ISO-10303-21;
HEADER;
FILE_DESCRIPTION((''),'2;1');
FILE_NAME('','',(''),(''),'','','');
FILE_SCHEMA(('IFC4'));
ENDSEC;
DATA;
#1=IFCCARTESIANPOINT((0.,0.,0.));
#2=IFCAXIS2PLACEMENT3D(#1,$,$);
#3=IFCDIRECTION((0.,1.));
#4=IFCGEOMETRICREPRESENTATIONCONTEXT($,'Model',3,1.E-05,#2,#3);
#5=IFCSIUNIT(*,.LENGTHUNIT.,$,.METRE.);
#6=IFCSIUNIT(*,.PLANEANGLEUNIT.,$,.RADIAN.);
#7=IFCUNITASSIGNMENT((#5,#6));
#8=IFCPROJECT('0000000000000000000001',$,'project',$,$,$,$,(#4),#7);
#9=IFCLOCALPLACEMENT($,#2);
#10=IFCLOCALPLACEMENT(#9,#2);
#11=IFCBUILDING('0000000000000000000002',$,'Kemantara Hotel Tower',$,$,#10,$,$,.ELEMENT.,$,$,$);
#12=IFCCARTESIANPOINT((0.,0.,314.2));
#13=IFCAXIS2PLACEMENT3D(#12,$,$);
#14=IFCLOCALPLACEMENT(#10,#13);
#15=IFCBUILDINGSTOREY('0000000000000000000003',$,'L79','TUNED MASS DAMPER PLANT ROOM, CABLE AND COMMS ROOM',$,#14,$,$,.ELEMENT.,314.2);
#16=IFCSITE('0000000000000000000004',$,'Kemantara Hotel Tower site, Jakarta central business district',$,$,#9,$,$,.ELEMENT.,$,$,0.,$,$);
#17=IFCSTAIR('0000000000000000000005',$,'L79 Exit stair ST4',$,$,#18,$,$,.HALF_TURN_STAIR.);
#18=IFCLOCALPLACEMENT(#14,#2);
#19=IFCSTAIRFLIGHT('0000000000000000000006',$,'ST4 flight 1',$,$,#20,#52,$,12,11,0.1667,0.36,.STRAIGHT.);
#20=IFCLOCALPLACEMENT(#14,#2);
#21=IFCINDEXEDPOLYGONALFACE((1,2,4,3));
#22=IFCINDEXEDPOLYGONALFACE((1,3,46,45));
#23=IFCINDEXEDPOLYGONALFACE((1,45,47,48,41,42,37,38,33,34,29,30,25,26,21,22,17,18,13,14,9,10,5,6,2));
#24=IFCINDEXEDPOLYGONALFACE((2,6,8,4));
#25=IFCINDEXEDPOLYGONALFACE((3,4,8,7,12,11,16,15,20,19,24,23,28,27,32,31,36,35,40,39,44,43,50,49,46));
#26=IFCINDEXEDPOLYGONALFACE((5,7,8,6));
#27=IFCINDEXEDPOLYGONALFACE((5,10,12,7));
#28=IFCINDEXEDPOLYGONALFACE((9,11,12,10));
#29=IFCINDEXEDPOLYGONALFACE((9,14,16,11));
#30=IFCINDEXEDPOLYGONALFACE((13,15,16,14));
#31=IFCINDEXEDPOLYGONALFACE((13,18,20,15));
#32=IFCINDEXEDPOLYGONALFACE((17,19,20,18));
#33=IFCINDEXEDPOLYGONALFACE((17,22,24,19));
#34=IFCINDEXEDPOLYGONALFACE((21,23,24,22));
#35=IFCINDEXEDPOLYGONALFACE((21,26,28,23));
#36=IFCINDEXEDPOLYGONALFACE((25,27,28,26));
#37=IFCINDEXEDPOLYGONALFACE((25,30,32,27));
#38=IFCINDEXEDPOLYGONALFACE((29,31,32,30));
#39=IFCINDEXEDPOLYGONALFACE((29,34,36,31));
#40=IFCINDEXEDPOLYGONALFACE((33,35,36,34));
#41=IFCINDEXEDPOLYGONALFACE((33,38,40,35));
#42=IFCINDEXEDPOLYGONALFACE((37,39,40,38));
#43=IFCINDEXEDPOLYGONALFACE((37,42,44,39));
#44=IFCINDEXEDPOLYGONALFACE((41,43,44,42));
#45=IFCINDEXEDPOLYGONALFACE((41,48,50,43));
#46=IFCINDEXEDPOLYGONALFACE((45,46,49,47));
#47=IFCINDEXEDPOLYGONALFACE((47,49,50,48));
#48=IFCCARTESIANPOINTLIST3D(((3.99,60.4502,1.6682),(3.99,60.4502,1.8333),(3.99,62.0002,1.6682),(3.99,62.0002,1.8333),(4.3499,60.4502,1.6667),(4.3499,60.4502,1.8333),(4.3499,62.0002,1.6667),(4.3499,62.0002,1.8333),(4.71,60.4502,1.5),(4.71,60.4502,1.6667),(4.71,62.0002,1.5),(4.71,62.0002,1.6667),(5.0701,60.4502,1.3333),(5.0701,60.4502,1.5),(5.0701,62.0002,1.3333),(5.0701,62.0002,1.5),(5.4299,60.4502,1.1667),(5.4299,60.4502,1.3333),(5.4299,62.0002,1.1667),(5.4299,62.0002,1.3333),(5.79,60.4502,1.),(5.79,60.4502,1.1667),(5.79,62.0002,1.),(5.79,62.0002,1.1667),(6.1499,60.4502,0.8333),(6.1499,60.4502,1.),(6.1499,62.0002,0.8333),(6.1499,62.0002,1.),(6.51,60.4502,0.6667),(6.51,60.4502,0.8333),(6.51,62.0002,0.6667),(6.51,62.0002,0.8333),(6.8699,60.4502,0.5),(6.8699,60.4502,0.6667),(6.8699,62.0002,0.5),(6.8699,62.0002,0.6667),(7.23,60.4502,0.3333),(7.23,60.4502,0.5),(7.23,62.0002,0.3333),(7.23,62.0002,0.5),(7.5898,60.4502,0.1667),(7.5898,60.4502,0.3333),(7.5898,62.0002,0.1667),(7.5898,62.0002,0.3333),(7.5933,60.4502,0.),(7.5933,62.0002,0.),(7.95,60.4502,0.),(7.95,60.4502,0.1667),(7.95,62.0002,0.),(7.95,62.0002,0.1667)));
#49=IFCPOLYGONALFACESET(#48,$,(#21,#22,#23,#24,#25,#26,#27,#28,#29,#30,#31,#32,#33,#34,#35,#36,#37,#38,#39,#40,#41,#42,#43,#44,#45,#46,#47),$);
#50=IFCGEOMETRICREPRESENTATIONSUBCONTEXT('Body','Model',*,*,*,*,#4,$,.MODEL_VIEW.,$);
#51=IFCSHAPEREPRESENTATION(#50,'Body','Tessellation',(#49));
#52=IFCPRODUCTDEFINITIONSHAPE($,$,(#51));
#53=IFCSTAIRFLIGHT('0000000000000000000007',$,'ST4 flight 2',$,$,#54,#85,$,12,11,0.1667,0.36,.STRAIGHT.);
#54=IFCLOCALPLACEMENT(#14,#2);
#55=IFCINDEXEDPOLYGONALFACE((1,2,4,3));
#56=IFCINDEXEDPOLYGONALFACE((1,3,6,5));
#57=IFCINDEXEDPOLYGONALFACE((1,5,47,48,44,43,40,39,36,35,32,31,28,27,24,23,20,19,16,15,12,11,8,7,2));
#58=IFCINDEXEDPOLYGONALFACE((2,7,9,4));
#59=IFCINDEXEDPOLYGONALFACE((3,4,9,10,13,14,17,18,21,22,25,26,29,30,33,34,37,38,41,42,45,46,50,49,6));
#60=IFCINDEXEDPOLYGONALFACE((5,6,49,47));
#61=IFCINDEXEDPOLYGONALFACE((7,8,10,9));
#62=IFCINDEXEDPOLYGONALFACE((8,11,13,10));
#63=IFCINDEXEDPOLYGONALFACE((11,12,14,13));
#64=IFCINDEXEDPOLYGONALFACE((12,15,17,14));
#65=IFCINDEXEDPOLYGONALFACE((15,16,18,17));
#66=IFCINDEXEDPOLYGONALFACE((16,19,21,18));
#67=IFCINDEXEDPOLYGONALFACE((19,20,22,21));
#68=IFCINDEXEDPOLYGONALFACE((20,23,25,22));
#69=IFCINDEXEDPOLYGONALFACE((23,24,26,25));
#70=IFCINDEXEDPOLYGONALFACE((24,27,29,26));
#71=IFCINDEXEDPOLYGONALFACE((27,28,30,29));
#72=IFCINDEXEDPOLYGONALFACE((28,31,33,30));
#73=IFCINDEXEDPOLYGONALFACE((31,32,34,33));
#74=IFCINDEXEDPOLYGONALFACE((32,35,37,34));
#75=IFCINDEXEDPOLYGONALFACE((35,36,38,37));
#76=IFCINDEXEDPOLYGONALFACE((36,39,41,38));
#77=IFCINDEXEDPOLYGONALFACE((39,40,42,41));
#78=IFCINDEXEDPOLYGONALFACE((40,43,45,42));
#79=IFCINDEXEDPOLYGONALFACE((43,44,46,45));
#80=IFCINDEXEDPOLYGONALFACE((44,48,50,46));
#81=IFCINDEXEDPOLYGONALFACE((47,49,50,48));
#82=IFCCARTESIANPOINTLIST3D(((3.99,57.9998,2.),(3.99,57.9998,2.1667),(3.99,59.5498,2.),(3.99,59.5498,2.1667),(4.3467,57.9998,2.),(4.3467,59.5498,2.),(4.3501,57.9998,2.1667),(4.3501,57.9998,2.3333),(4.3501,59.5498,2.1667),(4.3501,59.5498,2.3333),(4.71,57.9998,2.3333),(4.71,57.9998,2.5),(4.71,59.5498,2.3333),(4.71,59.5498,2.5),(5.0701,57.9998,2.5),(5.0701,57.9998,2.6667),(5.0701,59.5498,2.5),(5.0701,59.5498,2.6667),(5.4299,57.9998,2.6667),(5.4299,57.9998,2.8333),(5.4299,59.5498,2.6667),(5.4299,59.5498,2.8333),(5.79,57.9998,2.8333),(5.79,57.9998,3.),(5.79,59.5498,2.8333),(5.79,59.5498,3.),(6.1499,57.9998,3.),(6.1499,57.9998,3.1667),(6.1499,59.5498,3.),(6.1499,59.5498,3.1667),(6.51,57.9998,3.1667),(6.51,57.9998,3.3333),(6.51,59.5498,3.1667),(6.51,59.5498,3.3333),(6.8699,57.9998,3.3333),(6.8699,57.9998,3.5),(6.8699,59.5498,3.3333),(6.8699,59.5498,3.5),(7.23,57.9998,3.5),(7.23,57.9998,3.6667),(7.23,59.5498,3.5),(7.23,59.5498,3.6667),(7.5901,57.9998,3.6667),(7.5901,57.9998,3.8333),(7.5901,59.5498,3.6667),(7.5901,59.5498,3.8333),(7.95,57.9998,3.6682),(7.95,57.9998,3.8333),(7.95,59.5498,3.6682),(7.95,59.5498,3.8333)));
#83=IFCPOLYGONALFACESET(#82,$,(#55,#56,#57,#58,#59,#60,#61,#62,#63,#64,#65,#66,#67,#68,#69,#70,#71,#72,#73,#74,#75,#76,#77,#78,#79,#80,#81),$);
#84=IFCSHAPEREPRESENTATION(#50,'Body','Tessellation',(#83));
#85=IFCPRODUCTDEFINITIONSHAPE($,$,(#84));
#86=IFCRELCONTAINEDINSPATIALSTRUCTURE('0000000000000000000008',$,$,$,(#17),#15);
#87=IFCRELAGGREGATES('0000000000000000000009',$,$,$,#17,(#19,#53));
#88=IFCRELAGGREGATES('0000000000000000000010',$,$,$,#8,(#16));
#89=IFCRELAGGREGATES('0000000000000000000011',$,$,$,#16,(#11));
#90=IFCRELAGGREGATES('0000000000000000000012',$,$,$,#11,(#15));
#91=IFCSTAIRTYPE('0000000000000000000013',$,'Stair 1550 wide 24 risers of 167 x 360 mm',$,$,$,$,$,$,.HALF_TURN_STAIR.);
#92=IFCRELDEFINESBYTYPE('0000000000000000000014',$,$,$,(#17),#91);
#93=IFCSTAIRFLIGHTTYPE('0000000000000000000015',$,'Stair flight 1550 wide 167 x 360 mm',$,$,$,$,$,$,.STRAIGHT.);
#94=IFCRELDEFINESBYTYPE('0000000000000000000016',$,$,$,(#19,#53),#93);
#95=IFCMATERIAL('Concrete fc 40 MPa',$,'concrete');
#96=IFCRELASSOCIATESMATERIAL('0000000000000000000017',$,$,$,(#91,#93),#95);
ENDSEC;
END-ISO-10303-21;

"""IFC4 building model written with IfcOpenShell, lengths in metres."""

from ifc_helpers import new_model, si_unit, direction, frame, origin, place, context, subcontext, project, spatial, polyline, outline, extrude, material, type_object, element, aggregate, save


model = new_model("IFC4")

# Units and contexts
model_context = context("Model", 3, precision=1e-05, world=origin(), true_north=direction((0.0, 1.0)))
body_context = subcontext(model_context, "Body", "Model", "MODEL_VIEW")
ifc_project = project(units=[si_unit("LENGTHUNIT", "METRE"), si_unit("PLANEANGLEUNIT", "RADIAN")], contexts=[model_context])

# Site, building, storey
site_placement = place(None, origin())
site = spatial("IfcSite", under=ifc_project, at=site_placement, Name="Kemantara Hotel Tower site, Jakarta central business district", CompositionType="ELEMENT", RefElevation=0.0)
building_placement = place(site_placement, origin())
building = spatial("IfcBuilding", under=site, at=building_placement, Name="Kemantara Hotel Tower", CompositionType="ELEMENT")
storey_placement = place(building_placement, frame((0.0, 0.0, 314.2)))
storey = spatial("IfcBuildingStorey", under=building, at=storey_placement, Name="L79", Description="TUNED MASS DAMPER PLANT ROOM, CABLE AND COMMS ROOM", CompositionType="ELEMENT", Elevation=314.2)

# Shared definitions
ifc_material_1 = material(Name="Concrete fc 40 MPa", Category="concrete")

# Stair, stair flights
stair_type = type_object("IfcStairType", Name="Stair 1550 wide 24 risers of 167 x 360 mm", PredefinedType="HALF_TURN_STAIR", material=ifc_material_1)
stair_placement = place(storey_placement, origin())
stair = element("IfcStair", 1, at=stair_placement, inside=storey, type_object=stair_type, Name="L79 Exit stair ST4", PredefinedType="HALF_TURN_STAIR")
stair_flight_type = type_object("IfcStairFlightType", Name="Stair flight 1550 wide 167 x 360 mm", PredefinedType="STRAIGHT", material=ifc_material_1)
stair_flight_1_placement = place(storey_placement, frame((7.95, 61.2251, 0.0), z_axis=(0.0, 0.0, 1.0), x_axis=(-1.0, 0.0, 0.0)))
stair_flight_1 = element("IfcStairFlight", 2, at=stair_flight_1_placement, type_object=stair_flight_type, Name="ST4 flight 1", NumberOfRisers=12, NumberOfTreads=11, PredefinedType="STRAIGHT", RiserHeight=0.1667, TreadLength=0.36, context=body_context, shape_type="SweptSolid", body=[
    extrude(outline(polyline([(0.0, 0.0), (0.0, 0.1667), (0.3601, 0.1667), (0.3601, 0.3333), (0.72, 0.3333), (0.72, 0.5), (1.0801, 0.5), (1.0801, 0.6667), (1.4399, 0.6667), (1.4399, 0.8333), (1.8, 0.8333), (1.8, 1.0), (2.1599, 1.0), (2.1599, 1.1667), (2.52, 1.1667), (2.52, 1.3333), (2.8799, 1.3333), (2.8799, 1.5), (3.24, 1.5), (3.24, 1.6667), (3.6001, 1.6667), (3.6001, 1.8333), (3.96, 1.8333), (3.96, 2.0), (3.96, 1.6682), (0.3567, 0.0), (0.0, 0.0)])), frame((0.0, 0.7749, 0.0), z_axis=(0.0, -1.0, 0.0), x_axis=(1.0, 0.0, 0.0)), (0.0, 0.0, 1.0), 1.55),
])
stair_flight_2_placement = place(storey_placement, frame((3.99, 58.7749, 2.0), z_axis=(0.0, 0.0, 1.0), x_axis=(1.0, 0.0, 0.0)))
stair_flight_2 = element("IfcStairFlight", 3, at=stair_flight_2_placement, type_object=stair_flight_type, Name="ST4 flight 2", NumberOfRisers=12, NumberOfTreads=11, PredefinedType="STRAIGHT", RiserHeight=0.1667, TreadLength=0.36, context=body_context, shape_type="SweptSolid", body=[
    extrude(outline(polyline([(0.0, 0.0), (0.0, 0.1667), (0.3601, 0.1667), (0.3601, 0.3333), (0.72, 0.3333), (0.72, 0.5), (1.0801, 0.5), (1.0801, 0.6667), (1.4399, 0.6667), (1.4399, 0.8333), (1.8, 0.8333), (1.8, 1.0), (2.1599, 1.0), (2.1599, 1.1667), (2.52, 1.1667), (2.52, 1.3333), (2.8799, 1.3333), (2.8799, 1.5), (3.24, 1.5), (3.24, 1.6667), (3.6001, 1.6667), (3.6001, 1.8333), (3.96, 1.8333), (3.96, 2.0), (3.96, 1.6682), (0.3567, 0.0), (0.0, 0.0)])), frame((0.0, 0.7749, 0.0), z_axis=(0.0, -1.0, 0.0), x_axis=(1.0, 0.0, 0.0)), (0.0, 0.0, 1.0), 1.55),
])
aggregate(stair, [stair_flight_1, stair_flight_2])

save(model, "model.ifc")
